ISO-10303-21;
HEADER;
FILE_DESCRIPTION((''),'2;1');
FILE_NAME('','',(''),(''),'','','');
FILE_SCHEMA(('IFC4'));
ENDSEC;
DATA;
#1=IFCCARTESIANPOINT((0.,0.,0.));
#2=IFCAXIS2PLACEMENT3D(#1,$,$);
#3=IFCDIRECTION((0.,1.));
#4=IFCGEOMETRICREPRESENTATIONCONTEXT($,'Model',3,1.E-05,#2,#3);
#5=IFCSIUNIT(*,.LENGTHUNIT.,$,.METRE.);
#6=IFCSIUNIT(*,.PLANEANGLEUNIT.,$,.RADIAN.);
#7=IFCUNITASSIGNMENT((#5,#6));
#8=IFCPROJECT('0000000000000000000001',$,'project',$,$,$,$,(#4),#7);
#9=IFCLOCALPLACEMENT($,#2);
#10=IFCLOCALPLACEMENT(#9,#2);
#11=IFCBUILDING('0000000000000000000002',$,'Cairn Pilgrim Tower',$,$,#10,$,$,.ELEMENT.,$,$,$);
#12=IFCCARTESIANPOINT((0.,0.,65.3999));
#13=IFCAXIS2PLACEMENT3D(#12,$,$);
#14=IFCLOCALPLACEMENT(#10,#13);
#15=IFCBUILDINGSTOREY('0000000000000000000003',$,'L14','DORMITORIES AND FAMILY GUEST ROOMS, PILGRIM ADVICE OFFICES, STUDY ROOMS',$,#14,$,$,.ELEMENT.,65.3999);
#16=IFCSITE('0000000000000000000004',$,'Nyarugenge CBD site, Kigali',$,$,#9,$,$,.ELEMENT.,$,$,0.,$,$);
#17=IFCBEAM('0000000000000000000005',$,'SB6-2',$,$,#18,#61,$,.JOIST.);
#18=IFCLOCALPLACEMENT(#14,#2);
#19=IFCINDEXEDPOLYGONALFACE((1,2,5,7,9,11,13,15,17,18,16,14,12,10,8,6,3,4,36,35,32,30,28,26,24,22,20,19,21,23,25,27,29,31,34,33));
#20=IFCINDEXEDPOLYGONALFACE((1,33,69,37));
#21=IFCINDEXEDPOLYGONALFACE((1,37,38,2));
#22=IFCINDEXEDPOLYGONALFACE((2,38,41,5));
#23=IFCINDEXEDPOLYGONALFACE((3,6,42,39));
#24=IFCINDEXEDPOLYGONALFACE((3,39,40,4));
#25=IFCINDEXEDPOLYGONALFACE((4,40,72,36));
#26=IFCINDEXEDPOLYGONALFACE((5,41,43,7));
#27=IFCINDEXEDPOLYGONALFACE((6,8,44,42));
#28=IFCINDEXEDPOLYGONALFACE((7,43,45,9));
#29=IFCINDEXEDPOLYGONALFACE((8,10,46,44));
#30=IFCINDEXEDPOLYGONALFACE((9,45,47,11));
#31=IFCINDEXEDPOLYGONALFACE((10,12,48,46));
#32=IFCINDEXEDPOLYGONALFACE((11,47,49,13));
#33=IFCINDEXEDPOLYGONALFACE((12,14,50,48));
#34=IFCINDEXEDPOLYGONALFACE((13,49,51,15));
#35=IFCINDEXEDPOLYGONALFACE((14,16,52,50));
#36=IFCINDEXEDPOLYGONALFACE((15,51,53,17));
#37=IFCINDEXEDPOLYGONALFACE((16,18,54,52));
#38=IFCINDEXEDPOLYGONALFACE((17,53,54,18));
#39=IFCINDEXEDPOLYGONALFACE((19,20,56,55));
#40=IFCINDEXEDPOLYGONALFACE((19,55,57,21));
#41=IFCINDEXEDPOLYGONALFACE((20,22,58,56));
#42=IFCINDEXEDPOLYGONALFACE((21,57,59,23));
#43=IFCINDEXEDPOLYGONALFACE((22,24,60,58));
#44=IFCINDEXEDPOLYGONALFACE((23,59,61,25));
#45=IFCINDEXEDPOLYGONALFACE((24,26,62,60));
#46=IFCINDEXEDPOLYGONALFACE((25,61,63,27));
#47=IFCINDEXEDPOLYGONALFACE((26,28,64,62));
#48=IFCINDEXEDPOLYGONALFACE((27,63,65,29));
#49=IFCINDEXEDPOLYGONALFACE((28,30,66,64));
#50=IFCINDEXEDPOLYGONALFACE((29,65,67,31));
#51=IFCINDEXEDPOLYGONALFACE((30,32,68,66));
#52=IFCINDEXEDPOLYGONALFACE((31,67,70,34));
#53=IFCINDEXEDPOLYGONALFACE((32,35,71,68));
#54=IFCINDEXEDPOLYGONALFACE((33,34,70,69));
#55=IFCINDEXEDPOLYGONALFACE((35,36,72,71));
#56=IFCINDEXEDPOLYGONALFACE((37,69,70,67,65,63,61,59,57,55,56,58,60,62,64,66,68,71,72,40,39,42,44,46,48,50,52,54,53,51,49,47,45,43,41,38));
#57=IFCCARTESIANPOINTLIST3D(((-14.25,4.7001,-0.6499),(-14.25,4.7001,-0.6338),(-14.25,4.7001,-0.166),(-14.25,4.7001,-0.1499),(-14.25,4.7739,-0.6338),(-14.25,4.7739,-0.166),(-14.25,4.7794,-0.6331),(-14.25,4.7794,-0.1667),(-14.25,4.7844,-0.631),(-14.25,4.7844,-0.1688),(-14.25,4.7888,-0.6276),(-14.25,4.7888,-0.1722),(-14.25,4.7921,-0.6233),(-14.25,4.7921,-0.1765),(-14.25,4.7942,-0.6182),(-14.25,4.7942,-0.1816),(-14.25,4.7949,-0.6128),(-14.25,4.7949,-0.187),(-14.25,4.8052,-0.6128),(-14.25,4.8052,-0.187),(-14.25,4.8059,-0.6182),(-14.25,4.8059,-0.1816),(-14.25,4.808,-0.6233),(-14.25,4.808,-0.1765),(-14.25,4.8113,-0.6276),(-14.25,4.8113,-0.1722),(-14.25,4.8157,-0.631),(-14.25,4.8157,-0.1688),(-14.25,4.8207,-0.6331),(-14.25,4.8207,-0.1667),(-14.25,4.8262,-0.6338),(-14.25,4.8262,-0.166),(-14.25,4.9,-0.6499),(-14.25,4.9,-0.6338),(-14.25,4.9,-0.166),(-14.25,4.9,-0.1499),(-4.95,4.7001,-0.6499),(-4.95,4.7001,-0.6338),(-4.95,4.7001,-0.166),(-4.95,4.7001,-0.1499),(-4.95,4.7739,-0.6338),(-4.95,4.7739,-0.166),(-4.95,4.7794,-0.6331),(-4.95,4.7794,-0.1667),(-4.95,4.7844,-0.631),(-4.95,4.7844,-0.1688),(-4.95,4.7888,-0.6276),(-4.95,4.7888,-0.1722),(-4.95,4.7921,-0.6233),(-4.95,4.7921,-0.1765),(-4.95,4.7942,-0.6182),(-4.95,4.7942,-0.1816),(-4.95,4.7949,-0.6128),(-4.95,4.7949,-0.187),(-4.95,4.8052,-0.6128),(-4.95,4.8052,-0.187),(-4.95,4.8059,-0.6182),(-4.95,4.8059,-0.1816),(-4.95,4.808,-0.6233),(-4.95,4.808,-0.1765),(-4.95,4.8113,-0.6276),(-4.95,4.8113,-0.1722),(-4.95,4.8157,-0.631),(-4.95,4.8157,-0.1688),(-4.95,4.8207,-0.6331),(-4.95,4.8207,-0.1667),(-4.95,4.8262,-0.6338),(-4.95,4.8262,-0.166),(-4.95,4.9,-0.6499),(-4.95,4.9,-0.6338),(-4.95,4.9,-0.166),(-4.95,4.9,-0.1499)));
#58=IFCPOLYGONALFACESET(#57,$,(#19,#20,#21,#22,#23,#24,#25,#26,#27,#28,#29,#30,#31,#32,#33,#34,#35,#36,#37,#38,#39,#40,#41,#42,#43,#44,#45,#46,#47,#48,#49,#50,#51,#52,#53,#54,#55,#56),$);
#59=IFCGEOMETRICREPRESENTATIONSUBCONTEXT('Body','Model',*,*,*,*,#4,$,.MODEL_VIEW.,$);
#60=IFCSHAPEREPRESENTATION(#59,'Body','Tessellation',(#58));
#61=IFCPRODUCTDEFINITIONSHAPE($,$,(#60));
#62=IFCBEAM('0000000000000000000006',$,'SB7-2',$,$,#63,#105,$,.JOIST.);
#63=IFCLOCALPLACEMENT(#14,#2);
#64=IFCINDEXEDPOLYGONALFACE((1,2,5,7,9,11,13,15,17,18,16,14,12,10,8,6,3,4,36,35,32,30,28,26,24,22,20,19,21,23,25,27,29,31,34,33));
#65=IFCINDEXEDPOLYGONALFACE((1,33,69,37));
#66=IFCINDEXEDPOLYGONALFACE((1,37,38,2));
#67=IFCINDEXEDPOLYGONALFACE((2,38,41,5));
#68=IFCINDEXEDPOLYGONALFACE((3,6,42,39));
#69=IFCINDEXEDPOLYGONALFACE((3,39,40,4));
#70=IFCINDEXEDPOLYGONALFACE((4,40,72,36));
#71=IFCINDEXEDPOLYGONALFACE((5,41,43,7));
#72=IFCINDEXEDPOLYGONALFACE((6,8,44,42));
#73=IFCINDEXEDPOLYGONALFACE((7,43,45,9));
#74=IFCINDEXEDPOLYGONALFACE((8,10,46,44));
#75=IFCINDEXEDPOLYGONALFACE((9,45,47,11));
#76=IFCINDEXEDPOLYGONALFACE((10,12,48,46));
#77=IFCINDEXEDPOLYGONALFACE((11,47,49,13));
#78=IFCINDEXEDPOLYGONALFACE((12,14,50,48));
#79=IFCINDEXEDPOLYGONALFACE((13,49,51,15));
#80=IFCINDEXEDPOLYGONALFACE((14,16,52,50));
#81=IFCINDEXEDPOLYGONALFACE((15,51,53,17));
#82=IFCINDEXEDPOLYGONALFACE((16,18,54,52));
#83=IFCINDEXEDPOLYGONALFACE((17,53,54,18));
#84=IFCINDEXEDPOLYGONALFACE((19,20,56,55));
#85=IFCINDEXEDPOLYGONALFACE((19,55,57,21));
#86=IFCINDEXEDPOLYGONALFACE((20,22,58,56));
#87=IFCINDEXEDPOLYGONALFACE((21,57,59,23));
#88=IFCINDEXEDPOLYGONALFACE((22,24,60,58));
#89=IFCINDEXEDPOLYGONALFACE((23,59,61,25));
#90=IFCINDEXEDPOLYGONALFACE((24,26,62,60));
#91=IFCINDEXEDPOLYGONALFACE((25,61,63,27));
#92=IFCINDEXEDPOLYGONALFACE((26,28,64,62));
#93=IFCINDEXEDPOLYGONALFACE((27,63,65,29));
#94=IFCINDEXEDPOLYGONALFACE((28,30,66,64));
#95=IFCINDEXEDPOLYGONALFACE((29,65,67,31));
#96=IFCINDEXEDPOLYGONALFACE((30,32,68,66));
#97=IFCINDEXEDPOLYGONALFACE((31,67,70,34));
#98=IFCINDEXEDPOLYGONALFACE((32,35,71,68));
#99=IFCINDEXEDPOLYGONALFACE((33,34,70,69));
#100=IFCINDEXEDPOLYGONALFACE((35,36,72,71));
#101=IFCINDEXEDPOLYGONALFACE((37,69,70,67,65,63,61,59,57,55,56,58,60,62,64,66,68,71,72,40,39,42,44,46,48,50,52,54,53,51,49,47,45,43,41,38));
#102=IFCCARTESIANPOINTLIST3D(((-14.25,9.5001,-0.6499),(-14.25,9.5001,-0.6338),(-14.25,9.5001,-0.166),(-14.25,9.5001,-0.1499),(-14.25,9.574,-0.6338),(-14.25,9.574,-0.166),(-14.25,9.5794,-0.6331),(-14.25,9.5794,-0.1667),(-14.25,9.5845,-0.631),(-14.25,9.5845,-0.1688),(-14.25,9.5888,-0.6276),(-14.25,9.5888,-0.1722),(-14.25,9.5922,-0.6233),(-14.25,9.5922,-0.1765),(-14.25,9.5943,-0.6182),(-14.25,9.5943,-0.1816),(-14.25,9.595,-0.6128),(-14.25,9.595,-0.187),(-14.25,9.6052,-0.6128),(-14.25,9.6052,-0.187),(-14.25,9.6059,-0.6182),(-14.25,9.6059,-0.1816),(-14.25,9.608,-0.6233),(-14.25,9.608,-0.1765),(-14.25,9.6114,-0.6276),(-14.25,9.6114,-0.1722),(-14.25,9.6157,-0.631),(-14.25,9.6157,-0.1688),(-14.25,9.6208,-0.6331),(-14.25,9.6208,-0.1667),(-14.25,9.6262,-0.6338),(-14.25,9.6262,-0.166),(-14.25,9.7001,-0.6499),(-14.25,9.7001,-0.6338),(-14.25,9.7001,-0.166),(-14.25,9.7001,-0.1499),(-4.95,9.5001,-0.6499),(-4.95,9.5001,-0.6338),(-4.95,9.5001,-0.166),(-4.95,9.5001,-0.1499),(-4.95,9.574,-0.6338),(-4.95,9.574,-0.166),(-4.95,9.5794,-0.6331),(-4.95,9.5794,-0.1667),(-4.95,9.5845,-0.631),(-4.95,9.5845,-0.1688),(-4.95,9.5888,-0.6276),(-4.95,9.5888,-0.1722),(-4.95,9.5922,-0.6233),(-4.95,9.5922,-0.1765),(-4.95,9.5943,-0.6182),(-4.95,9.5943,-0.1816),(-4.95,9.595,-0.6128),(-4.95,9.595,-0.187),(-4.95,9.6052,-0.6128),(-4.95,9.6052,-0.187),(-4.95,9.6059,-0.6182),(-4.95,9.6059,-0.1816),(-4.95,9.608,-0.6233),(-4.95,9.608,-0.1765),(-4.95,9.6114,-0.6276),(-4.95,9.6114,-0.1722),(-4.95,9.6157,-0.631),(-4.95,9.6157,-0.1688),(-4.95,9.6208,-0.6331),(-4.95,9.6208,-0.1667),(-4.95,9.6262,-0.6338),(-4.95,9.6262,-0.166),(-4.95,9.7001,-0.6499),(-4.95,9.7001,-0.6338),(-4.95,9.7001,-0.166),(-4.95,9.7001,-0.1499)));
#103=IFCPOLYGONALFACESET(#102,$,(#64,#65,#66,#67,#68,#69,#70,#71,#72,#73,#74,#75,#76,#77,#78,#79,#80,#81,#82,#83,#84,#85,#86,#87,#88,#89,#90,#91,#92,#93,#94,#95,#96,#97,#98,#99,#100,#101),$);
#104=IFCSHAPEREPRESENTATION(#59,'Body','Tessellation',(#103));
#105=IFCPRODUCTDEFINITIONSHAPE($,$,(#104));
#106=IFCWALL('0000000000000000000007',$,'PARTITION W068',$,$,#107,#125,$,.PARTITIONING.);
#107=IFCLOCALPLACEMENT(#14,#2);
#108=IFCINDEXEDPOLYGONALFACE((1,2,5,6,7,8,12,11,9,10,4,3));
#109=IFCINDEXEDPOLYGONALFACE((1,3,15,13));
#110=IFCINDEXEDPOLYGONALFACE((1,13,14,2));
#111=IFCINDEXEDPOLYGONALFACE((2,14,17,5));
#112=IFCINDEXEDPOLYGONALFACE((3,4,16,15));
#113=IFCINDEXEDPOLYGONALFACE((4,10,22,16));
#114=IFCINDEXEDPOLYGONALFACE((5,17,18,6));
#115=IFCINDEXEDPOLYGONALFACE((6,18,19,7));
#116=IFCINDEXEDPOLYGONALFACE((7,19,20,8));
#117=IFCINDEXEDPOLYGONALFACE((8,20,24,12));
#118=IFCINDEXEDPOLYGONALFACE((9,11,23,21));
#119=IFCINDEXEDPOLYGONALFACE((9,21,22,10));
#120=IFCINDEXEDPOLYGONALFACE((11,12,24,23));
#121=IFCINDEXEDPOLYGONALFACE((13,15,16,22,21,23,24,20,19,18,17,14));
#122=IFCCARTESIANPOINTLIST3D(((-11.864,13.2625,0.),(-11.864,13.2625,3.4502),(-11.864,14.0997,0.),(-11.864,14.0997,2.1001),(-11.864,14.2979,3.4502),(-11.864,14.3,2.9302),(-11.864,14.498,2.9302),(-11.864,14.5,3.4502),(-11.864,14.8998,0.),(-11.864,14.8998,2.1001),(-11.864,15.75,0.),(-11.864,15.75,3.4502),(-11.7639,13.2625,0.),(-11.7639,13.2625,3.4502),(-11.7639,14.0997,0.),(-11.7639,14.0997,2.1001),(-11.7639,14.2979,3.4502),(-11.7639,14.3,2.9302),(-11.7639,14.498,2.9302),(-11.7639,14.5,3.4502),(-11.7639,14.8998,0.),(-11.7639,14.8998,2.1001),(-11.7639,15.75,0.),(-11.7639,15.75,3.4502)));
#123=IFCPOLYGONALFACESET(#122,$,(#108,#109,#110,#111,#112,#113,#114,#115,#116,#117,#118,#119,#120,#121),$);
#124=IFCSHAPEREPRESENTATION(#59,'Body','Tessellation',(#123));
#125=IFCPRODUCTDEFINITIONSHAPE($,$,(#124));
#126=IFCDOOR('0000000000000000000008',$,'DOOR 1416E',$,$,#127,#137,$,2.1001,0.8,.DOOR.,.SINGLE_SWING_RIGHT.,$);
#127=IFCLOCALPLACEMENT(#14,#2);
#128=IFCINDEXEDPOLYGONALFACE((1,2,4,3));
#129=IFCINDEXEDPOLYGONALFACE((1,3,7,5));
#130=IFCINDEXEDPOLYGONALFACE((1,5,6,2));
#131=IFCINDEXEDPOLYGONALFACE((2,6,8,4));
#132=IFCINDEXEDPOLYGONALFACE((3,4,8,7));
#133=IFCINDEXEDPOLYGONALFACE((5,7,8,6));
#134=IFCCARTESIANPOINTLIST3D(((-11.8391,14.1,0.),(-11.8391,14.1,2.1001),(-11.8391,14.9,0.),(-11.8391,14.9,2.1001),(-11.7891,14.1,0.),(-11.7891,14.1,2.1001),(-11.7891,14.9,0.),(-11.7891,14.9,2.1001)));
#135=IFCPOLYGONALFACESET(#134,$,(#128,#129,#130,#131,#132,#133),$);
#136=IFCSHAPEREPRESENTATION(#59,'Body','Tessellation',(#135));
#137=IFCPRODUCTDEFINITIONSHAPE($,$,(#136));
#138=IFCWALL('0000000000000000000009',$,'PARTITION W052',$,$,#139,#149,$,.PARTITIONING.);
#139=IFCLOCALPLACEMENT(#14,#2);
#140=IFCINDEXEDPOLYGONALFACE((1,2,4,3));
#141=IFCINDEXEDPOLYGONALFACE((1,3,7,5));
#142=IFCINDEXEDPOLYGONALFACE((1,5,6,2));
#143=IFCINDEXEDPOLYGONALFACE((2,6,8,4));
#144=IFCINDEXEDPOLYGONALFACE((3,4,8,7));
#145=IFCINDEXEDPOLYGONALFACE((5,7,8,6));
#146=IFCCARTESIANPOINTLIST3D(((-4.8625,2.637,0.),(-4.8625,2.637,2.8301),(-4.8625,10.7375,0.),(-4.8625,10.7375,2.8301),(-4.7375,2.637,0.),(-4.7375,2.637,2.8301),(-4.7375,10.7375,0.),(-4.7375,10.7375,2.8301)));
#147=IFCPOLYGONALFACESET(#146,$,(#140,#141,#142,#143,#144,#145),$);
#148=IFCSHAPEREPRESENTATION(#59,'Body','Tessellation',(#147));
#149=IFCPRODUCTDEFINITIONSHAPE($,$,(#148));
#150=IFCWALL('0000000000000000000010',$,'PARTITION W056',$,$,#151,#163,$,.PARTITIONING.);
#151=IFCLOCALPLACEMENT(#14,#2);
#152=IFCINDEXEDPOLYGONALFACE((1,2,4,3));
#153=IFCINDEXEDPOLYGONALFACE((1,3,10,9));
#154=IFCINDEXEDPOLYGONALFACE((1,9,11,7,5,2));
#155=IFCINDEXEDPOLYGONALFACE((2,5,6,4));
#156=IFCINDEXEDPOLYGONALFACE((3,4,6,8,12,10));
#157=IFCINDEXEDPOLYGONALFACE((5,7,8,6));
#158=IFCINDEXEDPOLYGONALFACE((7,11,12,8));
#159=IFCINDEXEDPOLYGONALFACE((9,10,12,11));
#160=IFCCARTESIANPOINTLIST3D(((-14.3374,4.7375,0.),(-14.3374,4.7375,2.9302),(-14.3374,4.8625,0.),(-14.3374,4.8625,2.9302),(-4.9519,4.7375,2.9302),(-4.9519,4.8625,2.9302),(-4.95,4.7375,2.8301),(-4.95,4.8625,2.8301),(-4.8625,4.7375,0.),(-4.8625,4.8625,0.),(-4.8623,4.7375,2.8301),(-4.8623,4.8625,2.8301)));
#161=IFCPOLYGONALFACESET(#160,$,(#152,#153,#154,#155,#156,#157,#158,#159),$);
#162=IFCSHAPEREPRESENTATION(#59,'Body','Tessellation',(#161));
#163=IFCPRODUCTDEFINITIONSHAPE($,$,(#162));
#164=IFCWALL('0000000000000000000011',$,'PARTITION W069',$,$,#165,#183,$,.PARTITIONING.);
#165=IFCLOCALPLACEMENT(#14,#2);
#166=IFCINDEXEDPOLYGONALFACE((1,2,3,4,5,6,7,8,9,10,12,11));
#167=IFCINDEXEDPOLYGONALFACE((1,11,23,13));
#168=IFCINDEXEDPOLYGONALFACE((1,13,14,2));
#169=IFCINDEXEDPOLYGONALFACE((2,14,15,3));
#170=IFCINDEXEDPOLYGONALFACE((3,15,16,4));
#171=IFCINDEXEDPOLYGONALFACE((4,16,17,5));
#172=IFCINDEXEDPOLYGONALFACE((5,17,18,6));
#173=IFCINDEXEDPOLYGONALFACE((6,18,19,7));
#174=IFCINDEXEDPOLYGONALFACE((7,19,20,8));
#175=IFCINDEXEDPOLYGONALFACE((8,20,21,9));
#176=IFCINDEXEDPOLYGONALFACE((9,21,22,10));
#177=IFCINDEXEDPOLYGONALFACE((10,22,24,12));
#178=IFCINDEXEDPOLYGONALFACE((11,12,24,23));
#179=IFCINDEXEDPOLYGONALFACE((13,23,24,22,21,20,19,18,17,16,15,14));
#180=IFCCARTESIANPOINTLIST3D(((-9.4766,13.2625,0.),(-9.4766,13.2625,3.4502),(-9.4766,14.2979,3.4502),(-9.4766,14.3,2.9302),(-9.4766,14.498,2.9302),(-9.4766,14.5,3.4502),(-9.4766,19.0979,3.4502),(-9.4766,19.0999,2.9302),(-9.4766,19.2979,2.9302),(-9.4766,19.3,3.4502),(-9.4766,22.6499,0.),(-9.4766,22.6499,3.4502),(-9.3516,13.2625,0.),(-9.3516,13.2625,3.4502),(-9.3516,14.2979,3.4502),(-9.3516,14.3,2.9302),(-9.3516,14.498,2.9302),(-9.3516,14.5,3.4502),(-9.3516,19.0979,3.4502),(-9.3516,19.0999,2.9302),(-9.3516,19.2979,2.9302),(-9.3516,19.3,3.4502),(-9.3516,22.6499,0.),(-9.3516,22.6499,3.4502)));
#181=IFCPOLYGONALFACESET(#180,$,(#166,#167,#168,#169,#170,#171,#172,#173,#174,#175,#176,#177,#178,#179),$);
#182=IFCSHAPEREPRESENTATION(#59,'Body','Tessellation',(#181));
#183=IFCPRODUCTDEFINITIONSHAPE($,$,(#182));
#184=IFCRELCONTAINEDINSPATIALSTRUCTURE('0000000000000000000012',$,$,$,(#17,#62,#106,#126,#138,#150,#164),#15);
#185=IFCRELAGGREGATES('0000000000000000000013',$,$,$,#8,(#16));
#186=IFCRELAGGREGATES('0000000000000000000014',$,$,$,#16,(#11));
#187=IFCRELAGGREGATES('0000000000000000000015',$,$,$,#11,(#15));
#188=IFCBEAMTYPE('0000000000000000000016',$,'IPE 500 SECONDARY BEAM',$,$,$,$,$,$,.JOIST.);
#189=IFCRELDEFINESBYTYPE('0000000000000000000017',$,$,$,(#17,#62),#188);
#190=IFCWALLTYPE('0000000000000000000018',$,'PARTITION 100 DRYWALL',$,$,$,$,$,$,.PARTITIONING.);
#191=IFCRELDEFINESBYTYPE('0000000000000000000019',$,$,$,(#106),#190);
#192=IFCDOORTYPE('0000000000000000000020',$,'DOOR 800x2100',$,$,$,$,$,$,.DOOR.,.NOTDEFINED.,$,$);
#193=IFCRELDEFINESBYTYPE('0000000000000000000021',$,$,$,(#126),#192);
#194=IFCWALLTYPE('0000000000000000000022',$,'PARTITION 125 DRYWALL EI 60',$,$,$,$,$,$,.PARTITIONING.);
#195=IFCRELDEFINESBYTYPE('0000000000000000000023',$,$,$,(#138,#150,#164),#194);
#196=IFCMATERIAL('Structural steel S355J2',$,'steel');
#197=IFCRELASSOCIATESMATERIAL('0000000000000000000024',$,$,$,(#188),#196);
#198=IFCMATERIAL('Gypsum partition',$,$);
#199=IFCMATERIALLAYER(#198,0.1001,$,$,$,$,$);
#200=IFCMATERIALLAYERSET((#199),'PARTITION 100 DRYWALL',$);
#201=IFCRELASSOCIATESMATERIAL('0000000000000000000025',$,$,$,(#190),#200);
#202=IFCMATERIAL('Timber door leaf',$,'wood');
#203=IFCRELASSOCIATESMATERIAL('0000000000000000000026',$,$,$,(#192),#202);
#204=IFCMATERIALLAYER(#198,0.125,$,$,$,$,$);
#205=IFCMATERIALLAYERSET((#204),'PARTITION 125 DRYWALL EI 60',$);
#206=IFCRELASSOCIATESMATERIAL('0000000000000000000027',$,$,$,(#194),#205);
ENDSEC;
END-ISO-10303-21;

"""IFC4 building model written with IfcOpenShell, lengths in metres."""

from ifc_helpers import new_model, si_unit, direction, frame, frame_2d, origin, origin_2d, place, context, subcontext, project, spatial, polyline, rectangle, i_section, outline, extrude, material, layer, layer_set, material_profile, profile_set, type_object, element, fill, save


model = new_model("IFC4")

# Units and contexts
model_context = context("Model", 3, precision=1e-05, world=origin(), true_north=direction((0.0, 1.0)))
body_context = subcontext(model_context, "Body", "Model", "MODEL_VIEW")
ifc_project = project(units=[si_unit("LENGTHUNIT", "METRE"), si_unit("PLANEANGLEUNIT", "RADIAN")], contexts=[model_context])

# Site, building, storey
site_placement = place(None, origin())
site = spatial("IfcSite", under=ifc_project, at=site_placement, Name="Nyarugenge CBD site, Kigali", CompositionType="ELEMENT", RefElevation=0.0)
building_placement = place(site_placement, origin())
building = spatial("IfcBuilding", under=site, at=building_placement, Name="Cairn Pilgrim Tower", CompositionType="ELEMENT")
storey_placement = place(building_placement, frame((0.0, 0.0, 65.3999)))
storey = spatial("IfcBuildingStorey", under=building, at=storey_placement, Name="L14", Description="DORMITORIES AND FAMILY GUEST ROOMS, PILGRIM ADVICE OFFICES, STUDY ROOMS", CompositionType="ELEMENT", Elevation=65.3999)

# Beams
ifc_material_1 = material(Name="Structural steel S355J2", Category="steel")
ifc_material_profile_1 = material_profile(ifc_material_1, i_section(OverallWidth=0.2, OverallDepth=0.5, WebThickness=0.0103, FlangeThickness=0.0161, FilletRadius=0.021, at=origin_2d()), Name="IPE 500")
ifc_profile_set_1 = profile_set([ifc_material_profile_1], Name="Structural steel S355J2")
beam_type_1 = type_object("IfcBeamType", Name="IPE 500 SECONDARY BEAM", PredefinedType="JOIST", material=ifc_profile_set_1)
for number, where, z_axis, x_axis, name in (
    (1, (-14.25, 4.8, -0.3999), (1.0, 0.0, 0.0), (0.0, 1.0, 0.0), "SB6-2"),
    (2, (-14.25, 9.6001, -0.3999), (1.0, 0.0, 0.0), (0.0, 1.0, 0.0), "SB7-2"),
):
    element("IfcBeam", number, at=place(storey_placement, frame(where, z_axis=z_axis, x_axis=x_axis)), inside=storey, type_object=beam_type_1, Name=name, PredefinedType="JOIST", context=body_context, shape_type="SweptSolid", body=[
        extrude(i_section(OverallWidth=0.2, OverallDepth=0.5, WebThickness=0.0103, FlangeThickness=0.0161, FilletRadius=0.021, at=origin_2d()), origin(), (0.0, 0.0, 1.0), 9.3),
    ])

# Wall, opening, door
ifc_material_2 = material(Name="Gypsum partition")
ifc_layer_1 = layer(ifc_material_2, 0.1001)
ifc_layer_set_1 = layer_set([ifc_layer_1], Name="PARTITION 100 DRYWALL")
wall_type_1 = type_object("IfcWallType", Name="PARTITION 100 DRYWALL", PredefinedType="PARTITIONING", material=ifc_layer_set_1)
wall_1_placement = place(storey_placement, frame((-11.814, 13.2625, 0.0), z_axis=(0.0, 0.0, 1.0), x_axis=(0.0, 1.0, 0.0)))
wall_1 = element("IfcWall", 3, at=wall_1_placement, inside=storey, type_object=wall_type_1, Name="PARTITION W068", PredefinedType="PARTITIONING", context=body_context, shape_type="SweptSolid", body=[
    extrude(outline(polyline([(0.0, 0.0), (2.4875, 0.0), (2.4875, 3.4502), (1.2375, 3.4502), (1.2356, 2.9302), (1.0376, 2.9302), (1.0354, 3.4502), (0.0, 3.4502), (0.0, 0.0)])), frame((0.0, 0.05, 0.0), z_axis=(0.0, -1.0, 0.0), x_axis=(1.0, 0.0, 0.0)), (0.0, 0.0, 1.0), 0.1001),
])
opening_placement = place(wall_1_placement, frame((0.8374, 0.0, 0.0)))
opening = element("IfcOpeningElement", 4, at=opening_placement, cuts=wall_1, PredefinedType="OPENING", context=body_context, shape_type="SweptSolid", body=[
    extrude(rectangle(XDim=0.8, YDim=2.1001, at=frame_2d((0.3999, 1.05))), frame((0.0, 0.0601, 0.0), z_axis=(0.0, -1.0, 0.0), x_axis=(1.0, 0.0, 0.0)), (0.0, 0.0, 1.0), 0.1201),
])
ifc_material_3 = material(Name="Timber door leaf", Category="wood")
door_type = type_object("IfcDoorType", Name="DOOR 800x2100", OperationType="NOTDEFINED", PredefinedType="DOOR", material=ifc_material_3)
door_placement = place(opening_placement, frame((0.8, 0.0, 0.0), z_axis=(0.0, 0.0, 1.0), x_axis=(-1.0, 0.0, 0.0)))
door = element("IfcDoor", 5, at=door_placement, inside=storey, type_object=door_type, Name="DOOR 1416E", OperationType="SINGLE_SWING_RIGHT", OverallHeight=2.1001, OverallWidth=0.8, PredefinedType="DOOR", context=body_context, shape_type="SweptSolid", body=[
    extrude(rectangle(XDim=0.8, YDim=2.1001, at=frame_2d((0.3999, 1.05))), frame((0.0, 0.0249, 0.0), z_axis=(0.0, -1.0, 0.0), x_axis=(1.0, 0.0, 0.0)), (0.0, 0.0, 1.0), 0.05),
])
fill(opening, door)

# Walls
ifc_layer_2 = layer(ifc_material_2, 0.125)
ifc_layer_set_2 = layer_set([ifc_layer_2], Name="PARTITION 125 DRYWALL EI 60")
wall_type_2 = type_object("IfcWallType", Name="PARTITION 125 DRYWALL EI 60", PredefinedType="PARTITIONING", material=ifc_layer_set_2)
wall_2_placement = place(storey_placement, frame((-4.8, 2.637, 0.0), z_axis=(0.0, 0.0, 1.0), x_axis=(0.0, 1.0, 0.0)))
element("IfcWall", 6, at=wall_2_placement, inside=storey, type_object=wall_type_2, Name="PARTITION W052", PredefinedType="PARTITIONING", context=body_context, shape_type="SweptSolid", body=[
    extrude(rectangle(XDim=8.1006, YDim=0.125, at=frame_2d((4.0503, 0.0))), origin(), (0.0, 0.0, 1.0), 2.8301),
])
wall_3_placement = place(storey_placement, frame((-14.3374, 4.8, 0.0), z_axis=(0.0, 0.0, 1.0), x_axis=(1.0, 0.0, 0.0)))
element("IfcWall", 7, at=wall_3_placement, inside=storey, type_object=wall_type_2, Name="PARTITION W056", PredefinedType="PARTITIONING", context=body_context, shape_type="SweptSolid", body=[
    extrude(outline(polyline([(0.0, 0.0), (9.4749, 0.0), (9.4751, 2.8301), (9.3875, 2.8301), (9.3855, 2.9302), (0.0, 2.9302), (0.0, 0.0)])), frame((0.0, 0.0625, 0.0), z_axis=(0.0, -1.0, 0.0), x_axis=(1.0, 0.0, 0.0)), (0.0, 0.0, 1.0), 0.125),
])
wall_4_placement = place(storey_placement, frame((-9.4141, 13.2625, 0.0), z_axis=(0.0, 0.0, 1.0), x_axis=(0.0, 1.0, 0.0)))
element("IfcWall", 8, at=wall_4_placement, inside=storey, type_object=wall_type_2, Name="PARTITION W069", PredefinedType="PARTITIONING", context=body_context, shape_type="SweptSolid", body=[
    extrude(outline(polyline([(0.0, 0.0), (9.3875, 0.0), (9.3875, 3.4502), (6.0376, 3.4502), (6.0354, 2.9302), (5.8374, 2.9302), (5.8354, 3.4502), (1.2375, 3.4502), (1.2356, 2.9302), (1.0376, 2.9302), (1.0354, 3.4502), (0.0, 3.4502), (0.0, 0.0)])), frame((0.0, 0.0625, 0.0), z_axis=(0.0, -1.0, 0.0), x_axis=(1.0, 0.0, 0.0)), (0.0, 0.0, 1.0), 0.125),
])

save(model, "model.ifc")
